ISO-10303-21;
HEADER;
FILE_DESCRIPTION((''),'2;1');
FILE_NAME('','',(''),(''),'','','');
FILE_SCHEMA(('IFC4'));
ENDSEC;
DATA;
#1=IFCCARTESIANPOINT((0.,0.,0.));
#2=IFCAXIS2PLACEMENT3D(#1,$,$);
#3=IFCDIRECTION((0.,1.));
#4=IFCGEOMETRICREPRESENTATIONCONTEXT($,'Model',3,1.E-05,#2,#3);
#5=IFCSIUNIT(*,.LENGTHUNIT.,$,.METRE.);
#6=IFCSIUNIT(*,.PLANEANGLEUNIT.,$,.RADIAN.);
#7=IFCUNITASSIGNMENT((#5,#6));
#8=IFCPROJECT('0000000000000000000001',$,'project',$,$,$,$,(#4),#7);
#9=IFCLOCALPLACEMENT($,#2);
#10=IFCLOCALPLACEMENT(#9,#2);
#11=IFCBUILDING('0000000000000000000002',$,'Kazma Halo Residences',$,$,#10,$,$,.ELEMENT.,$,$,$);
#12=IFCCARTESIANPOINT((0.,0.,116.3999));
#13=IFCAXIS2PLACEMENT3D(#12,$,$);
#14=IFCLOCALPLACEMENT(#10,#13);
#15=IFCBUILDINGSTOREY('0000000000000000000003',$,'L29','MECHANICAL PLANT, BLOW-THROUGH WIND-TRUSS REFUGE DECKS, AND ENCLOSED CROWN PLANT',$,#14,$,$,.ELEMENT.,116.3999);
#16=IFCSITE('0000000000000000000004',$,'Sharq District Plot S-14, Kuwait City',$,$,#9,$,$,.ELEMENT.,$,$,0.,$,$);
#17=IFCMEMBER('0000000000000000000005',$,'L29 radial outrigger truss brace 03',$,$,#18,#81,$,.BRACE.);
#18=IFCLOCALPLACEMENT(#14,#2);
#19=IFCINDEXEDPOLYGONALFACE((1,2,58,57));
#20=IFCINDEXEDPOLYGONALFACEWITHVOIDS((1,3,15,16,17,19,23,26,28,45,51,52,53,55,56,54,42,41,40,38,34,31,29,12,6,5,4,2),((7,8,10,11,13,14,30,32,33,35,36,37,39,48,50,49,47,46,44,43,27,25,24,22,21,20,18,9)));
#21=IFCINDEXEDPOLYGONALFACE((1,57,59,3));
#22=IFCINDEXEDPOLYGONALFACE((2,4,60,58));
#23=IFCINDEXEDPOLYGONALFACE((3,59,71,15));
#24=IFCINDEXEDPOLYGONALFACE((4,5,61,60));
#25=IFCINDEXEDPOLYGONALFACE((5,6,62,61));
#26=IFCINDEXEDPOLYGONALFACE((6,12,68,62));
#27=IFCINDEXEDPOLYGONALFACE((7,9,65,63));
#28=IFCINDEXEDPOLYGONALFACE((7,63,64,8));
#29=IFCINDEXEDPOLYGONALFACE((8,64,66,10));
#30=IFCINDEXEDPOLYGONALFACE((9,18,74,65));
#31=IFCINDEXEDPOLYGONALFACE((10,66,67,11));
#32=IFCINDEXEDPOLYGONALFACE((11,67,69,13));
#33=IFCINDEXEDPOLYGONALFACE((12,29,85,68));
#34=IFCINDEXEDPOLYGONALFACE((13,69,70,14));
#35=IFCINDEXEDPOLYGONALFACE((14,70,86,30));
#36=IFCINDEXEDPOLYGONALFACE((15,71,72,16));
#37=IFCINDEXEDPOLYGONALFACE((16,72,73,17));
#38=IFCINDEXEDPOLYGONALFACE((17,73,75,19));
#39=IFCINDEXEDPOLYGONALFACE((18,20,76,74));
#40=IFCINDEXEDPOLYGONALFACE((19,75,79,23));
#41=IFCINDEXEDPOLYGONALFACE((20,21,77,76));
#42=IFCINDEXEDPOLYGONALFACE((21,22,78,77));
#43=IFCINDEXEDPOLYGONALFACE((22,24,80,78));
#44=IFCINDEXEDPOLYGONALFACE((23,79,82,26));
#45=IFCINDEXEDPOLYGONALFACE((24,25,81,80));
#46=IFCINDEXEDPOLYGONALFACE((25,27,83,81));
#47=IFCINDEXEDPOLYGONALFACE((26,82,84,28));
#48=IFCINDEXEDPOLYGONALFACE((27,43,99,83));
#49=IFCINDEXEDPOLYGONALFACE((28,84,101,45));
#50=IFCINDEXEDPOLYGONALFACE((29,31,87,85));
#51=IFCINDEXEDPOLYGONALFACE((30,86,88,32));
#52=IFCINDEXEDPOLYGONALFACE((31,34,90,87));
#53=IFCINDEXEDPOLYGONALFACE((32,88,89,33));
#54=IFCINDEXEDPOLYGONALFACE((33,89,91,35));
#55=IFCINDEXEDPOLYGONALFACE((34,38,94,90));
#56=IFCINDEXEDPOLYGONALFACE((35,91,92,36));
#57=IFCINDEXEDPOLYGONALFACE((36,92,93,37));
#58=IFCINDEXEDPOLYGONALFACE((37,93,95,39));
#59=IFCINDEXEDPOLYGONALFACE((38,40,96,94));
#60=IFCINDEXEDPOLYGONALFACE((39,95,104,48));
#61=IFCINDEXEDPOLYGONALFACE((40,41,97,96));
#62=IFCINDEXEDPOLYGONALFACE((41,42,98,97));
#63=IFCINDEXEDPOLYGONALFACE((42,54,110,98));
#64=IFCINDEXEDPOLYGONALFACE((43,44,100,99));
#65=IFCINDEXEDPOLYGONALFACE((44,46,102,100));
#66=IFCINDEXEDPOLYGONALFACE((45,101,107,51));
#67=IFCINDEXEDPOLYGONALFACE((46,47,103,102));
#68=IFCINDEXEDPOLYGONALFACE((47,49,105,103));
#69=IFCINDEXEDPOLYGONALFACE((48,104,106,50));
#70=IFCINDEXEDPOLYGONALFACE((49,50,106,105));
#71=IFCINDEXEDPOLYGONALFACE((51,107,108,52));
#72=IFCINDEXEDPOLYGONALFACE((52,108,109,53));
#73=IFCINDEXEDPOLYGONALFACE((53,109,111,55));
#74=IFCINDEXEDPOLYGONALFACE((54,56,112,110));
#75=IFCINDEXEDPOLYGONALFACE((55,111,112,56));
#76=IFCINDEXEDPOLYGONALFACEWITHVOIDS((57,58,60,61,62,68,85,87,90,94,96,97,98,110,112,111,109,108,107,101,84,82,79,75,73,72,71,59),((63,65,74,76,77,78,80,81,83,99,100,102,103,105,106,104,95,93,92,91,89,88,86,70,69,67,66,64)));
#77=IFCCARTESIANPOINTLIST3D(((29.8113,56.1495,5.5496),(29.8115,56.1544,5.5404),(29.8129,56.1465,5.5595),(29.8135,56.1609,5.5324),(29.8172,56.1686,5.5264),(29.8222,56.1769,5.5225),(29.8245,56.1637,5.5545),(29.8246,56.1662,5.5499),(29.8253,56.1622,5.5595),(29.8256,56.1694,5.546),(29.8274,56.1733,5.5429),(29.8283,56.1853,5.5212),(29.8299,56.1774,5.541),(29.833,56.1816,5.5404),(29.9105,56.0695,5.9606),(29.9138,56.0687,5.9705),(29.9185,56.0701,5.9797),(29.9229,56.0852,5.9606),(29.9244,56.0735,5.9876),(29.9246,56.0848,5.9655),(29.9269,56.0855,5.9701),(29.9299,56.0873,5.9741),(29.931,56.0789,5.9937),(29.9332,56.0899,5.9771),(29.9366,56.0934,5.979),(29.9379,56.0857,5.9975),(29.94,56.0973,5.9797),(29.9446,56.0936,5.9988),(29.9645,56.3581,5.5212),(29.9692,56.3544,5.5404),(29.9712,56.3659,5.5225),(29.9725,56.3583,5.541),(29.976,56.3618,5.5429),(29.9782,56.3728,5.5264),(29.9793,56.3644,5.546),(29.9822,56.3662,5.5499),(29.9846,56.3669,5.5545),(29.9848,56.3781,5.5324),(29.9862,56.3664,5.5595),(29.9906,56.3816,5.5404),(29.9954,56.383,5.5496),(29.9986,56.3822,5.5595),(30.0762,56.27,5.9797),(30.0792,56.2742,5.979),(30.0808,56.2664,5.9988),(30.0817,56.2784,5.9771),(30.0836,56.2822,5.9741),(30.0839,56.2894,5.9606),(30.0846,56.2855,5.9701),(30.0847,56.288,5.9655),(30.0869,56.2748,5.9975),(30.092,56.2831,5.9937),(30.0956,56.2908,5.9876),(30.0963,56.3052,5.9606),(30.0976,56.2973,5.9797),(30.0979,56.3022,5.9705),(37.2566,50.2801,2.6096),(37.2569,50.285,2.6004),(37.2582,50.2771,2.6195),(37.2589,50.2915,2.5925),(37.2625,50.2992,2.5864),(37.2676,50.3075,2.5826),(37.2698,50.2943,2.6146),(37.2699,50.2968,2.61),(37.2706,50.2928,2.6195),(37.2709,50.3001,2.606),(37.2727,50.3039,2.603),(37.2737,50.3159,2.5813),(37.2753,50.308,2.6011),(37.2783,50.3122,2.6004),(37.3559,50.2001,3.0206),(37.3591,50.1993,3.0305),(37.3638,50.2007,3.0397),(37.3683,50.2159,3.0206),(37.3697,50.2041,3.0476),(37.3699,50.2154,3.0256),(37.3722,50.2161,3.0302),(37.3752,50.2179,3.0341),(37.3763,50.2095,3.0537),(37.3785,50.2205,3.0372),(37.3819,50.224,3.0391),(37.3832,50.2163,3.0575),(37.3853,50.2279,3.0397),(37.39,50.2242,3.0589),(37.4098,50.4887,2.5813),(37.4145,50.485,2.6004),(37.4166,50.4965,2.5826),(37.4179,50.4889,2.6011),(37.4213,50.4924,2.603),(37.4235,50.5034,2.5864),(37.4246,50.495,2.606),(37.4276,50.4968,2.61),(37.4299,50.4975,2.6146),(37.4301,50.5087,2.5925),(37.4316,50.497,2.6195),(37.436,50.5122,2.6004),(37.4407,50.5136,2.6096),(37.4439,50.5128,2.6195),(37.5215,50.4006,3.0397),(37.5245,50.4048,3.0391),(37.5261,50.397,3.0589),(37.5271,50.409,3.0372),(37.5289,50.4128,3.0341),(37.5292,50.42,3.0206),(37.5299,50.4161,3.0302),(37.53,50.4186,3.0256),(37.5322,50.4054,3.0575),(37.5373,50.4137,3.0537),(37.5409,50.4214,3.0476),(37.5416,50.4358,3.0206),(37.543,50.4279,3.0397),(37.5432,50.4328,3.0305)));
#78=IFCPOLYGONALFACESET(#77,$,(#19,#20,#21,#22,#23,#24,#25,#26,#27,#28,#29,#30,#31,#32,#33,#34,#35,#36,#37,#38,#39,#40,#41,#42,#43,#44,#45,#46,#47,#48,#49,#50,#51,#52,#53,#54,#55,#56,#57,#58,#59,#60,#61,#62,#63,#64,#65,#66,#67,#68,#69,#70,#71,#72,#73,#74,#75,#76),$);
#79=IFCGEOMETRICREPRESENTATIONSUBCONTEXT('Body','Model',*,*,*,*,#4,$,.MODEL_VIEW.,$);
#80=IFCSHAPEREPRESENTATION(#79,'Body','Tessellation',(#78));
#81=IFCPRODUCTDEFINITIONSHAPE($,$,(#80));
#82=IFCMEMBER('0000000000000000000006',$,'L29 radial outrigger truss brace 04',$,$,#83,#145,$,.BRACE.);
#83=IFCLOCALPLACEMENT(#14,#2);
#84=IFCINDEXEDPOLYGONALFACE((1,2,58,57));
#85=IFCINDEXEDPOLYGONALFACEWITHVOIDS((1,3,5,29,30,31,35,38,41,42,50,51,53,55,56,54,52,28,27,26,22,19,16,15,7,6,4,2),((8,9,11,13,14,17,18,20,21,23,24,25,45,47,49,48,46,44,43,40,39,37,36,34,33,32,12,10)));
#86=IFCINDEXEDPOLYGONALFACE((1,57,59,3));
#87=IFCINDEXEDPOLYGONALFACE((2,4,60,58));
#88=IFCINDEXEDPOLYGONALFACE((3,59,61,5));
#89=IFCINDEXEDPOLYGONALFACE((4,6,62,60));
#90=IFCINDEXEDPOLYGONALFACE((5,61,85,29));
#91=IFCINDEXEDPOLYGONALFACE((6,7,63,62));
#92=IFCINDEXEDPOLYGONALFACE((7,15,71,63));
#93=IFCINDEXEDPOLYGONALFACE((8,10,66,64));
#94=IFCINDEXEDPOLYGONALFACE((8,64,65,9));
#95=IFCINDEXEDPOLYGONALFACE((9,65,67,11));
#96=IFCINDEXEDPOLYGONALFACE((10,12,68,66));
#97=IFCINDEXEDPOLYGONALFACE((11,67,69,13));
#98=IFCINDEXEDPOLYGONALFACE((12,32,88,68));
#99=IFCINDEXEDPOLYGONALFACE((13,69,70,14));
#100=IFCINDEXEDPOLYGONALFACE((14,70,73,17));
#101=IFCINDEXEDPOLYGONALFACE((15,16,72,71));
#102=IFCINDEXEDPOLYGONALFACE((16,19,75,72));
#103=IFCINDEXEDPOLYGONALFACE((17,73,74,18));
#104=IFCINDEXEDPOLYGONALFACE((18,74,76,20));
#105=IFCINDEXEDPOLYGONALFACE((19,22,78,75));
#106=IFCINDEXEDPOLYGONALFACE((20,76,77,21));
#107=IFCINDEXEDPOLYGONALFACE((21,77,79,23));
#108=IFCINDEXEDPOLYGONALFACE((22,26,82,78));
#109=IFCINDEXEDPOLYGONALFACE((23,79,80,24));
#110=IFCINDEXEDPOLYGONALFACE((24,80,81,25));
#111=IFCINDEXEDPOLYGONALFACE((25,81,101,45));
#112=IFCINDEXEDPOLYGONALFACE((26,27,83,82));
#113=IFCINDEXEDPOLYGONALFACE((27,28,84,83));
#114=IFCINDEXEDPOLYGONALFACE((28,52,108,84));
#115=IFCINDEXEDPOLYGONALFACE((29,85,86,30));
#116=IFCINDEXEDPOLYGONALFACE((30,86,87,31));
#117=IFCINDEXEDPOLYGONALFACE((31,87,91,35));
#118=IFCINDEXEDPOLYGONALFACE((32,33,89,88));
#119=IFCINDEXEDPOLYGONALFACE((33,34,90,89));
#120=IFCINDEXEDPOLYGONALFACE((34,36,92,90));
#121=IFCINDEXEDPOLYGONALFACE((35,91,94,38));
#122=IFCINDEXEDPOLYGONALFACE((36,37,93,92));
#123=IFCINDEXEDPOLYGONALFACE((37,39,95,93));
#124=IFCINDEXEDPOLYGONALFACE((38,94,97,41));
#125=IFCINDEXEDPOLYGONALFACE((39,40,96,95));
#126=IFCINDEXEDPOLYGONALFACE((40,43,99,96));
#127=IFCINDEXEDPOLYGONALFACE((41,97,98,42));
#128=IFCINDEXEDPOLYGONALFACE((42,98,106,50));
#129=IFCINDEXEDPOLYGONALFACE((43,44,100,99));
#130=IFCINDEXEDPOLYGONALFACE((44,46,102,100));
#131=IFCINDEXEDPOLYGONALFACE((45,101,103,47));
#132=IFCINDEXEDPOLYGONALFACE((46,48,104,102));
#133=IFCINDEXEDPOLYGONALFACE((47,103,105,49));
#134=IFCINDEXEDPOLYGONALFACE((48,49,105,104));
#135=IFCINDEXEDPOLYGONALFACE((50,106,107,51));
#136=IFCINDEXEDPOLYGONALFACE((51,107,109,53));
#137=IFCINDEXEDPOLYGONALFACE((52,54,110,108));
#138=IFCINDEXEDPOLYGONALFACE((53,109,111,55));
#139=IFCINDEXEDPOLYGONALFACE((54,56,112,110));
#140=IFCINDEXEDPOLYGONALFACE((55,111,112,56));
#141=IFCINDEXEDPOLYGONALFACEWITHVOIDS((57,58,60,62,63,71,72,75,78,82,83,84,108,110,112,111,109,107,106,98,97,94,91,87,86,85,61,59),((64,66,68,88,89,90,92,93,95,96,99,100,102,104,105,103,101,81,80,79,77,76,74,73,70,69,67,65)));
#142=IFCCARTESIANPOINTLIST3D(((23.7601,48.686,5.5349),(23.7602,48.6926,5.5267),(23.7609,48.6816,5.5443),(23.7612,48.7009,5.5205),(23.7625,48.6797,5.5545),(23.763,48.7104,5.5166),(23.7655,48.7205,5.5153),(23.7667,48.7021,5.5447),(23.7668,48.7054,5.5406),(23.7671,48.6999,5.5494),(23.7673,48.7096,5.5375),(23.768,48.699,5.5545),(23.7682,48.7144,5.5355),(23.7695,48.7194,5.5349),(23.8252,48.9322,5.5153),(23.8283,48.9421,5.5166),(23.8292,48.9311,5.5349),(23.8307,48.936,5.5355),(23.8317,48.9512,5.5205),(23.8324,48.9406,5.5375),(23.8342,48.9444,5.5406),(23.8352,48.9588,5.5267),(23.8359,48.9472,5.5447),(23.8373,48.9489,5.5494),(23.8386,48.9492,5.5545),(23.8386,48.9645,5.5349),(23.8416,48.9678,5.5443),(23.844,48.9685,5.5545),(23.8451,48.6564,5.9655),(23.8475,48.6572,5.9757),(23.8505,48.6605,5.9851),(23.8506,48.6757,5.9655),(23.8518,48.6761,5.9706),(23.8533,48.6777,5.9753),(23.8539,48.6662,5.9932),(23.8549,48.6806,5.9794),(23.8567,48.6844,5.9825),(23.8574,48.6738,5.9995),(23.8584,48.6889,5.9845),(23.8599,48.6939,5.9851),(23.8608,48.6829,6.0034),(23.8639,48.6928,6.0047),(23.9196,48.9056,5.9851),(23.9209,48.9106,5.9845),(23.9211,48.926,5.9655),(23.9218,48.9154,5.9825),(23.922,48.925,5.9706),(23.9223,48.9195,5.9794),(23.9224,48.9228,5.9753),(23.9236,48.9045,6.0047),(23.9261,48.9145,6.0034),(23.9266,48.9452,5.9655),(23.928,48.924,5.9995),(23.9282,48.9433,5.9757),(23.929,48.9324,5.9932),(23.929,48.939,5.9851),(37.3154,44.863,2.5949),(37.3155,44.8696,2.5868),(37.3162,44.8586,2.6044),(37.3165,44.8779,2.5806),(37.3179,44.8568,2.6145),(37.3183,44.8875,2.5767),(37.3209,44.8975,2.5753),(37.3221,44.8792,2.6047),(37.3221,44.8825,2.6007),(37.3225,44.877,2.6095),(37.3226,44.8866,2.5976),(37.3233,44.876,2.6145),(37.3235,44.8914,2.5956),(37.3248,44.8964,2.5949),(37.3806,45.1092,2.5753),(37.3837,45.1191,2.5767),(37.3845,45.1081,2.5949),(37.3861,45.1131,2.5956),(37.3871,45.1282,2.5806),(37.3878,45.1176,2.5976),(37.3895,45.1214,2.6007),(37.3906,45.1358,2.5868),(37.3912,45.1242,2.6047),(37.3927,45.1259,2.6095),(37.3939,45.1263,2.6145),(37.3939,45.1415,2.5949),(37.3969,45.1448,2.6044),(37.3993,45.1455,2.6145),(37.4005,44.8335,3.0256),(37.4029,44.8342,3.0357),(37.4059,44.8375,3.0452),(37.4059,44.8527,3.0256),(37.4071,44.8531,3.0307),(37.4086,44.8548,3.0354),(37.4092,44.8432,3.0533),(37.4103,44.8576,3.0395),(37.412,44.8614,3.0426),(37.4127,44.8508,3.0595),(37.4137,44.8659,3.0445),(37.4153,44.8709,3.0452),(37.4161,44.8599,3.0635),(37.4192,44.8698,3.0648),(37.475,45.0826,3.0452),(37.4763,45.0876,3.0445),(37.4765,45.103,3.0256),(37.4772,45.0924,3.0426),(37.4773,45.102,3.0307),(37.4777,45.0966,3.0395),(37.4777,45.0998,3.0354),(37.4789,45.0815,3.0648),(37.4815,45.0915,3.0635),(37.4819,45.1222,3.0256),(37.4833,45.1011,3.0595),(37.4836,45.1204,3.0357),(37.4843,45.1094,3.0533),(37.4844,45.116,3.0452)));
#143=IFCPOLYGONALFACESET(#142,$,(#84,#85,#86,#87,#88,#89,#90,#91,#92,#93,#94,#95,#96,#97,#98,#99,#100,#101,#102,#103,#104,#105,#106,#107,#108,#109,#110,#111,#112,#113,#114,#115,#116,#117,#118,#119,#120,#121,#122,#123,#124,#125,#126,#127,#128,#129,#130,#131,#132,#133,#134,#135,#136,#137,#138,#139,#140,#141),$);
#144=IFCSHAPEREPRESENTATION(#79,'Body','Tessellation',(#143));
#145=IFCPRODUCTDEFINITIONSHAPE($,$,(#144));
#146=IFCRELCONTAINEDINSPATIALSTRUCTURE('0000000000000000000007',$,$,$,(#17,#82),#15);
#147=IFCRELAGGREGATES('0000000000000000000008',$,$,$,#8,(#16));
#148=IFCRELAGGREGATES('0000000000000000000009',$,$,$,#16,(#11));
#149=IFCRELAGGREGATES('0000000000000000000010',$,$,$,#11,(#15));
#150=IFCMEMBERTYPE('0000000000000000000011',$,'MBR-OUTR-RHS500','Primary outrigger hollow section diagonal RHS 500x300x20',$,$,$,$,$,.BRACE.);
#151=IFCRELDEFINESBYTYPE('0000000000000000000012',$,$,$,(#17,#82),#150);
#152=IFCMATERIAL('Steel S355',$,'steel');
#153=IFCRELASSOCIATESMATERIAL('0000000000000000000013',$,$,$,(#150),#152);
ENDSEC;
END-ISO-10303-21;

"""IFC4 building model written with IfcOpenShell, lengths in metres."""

from ifc_helpers import new_model, si_unit, direction, frame, origin, origin_2d, place, context, subcontext, project, spatial, hollow_rectangle, extrude, material, material_profile, profile_set, type_object, element, save


model = new_model("IFC4")

# Units and contexts
model_context = context("Model", 3, precision=1e-05, world=origin(), true_north=direction((0.0, 1.0)))
body_context = subcontext(model_context, "Body", "Model", "MODEL_VIEW")
ifc_project = project(units=[si_unit("LENGTHUNIT", "METRE"), si_unit("PLANEANGLEUNIT", "RADIAN")], contexts=[model_context])

# Site, building, storey
site_placement = place(None, origin())
site = spatial("IfcSite", under=ifc_project, at=site_placement, Name="Sharq District Plot S-14, Kuwait City", CompositionType="ELEMENT", RefElevation=0.0)
building_placement = place(site_placement, origin())
building = spatial("IfcBuilding", under=site, at=building_placement, Name="Kazma Halo Residences", CompositionType="ELEMENT")
storey_placement = place(building_placement, frame((0.0, 0.0, 116.3999)))
storey = spatial("IfcBuildingStorey", under=building, at=storey_placement, Name="L29", Description="MECHANICAL PLANT, BLOW-THROUGH WIND-TRUSS REFUGE DECKS, AND ENCLOSED CROWN PLANT", CompositionType="ELEMENT", Elevation=116.3999)

# Shared definitions
ifc_material_1 = material(Name="Steel S355", Category="steel")

# Members
ifc_material_profile_1 = material_profile(ifc_material_1, hollow_rectangle(XDim=0.3, YDim=0.5, WallThickness=0.02, InnerFilletRadius=0.02, OuterFilletRadius=0.04, at=origin_2d()), Name="RHS500x300x20")
ifc_profile_set_1 = profile_set([ifc_material_profile_1], Name="Steel S355")
member_type_1 = type_object("IfcMemberType", Name="MBR-OUTR-RHS500", Description="Primary outrigger hollow section diagonal RHS 500x300x20", PredefinedType="BRACE", material=ifc_profile_set_1)
member_1_placement = place(storey_placement, frame((37.3999, 50.3564, 2.8201), z_axis=(-0.750081, 0.591314, 0.296186), x_axis=(-0.619092, -0.785318, 0.0)))
element("IfcMember", 1, at=member_1_placement, inside=storey, type_object=member_type_1, Name="L29 radial outrigger truss brace 03", PredefinedType="BRACE", context=body_context, shape_type="SweptSolid", body=[
    extrude(hollow_rectangle(XDim=0.3, YDim=0.5, WallThickness=0.02, InnerFilletRadius=0.02, OuterFilletRadius=0.04, at=origin_2d()), origin(), (0.0, 0.0, 1.0), 9.926),
])
member_2_placement = place(storey_placement, frame((37.3999, 44.9895, 2.8201), z_axis=(-0.942149, 0.265712, 0.204336), x_axis=(-0.271439, -0.962456, 0.0)))
element("IfcMember", 2, at=member_2_placement, inside=storey, type_object=member_type_1, Name="L29 radial outrigger truss brace 04", PredefinedType="BRACE", context=body_context, shape_type="SweptSolid", body=[
    extrude(hollow_rectangle(XDim=0.3, YDim=0.5, WallThickness=0.02, InnerFilletRadius=0.02, OuterFilletRadius=0.04, at=origin_2d()), origin(), (0.0, 0.0, 1.0), 14.3877),
])

save(model, "model.ifc")
